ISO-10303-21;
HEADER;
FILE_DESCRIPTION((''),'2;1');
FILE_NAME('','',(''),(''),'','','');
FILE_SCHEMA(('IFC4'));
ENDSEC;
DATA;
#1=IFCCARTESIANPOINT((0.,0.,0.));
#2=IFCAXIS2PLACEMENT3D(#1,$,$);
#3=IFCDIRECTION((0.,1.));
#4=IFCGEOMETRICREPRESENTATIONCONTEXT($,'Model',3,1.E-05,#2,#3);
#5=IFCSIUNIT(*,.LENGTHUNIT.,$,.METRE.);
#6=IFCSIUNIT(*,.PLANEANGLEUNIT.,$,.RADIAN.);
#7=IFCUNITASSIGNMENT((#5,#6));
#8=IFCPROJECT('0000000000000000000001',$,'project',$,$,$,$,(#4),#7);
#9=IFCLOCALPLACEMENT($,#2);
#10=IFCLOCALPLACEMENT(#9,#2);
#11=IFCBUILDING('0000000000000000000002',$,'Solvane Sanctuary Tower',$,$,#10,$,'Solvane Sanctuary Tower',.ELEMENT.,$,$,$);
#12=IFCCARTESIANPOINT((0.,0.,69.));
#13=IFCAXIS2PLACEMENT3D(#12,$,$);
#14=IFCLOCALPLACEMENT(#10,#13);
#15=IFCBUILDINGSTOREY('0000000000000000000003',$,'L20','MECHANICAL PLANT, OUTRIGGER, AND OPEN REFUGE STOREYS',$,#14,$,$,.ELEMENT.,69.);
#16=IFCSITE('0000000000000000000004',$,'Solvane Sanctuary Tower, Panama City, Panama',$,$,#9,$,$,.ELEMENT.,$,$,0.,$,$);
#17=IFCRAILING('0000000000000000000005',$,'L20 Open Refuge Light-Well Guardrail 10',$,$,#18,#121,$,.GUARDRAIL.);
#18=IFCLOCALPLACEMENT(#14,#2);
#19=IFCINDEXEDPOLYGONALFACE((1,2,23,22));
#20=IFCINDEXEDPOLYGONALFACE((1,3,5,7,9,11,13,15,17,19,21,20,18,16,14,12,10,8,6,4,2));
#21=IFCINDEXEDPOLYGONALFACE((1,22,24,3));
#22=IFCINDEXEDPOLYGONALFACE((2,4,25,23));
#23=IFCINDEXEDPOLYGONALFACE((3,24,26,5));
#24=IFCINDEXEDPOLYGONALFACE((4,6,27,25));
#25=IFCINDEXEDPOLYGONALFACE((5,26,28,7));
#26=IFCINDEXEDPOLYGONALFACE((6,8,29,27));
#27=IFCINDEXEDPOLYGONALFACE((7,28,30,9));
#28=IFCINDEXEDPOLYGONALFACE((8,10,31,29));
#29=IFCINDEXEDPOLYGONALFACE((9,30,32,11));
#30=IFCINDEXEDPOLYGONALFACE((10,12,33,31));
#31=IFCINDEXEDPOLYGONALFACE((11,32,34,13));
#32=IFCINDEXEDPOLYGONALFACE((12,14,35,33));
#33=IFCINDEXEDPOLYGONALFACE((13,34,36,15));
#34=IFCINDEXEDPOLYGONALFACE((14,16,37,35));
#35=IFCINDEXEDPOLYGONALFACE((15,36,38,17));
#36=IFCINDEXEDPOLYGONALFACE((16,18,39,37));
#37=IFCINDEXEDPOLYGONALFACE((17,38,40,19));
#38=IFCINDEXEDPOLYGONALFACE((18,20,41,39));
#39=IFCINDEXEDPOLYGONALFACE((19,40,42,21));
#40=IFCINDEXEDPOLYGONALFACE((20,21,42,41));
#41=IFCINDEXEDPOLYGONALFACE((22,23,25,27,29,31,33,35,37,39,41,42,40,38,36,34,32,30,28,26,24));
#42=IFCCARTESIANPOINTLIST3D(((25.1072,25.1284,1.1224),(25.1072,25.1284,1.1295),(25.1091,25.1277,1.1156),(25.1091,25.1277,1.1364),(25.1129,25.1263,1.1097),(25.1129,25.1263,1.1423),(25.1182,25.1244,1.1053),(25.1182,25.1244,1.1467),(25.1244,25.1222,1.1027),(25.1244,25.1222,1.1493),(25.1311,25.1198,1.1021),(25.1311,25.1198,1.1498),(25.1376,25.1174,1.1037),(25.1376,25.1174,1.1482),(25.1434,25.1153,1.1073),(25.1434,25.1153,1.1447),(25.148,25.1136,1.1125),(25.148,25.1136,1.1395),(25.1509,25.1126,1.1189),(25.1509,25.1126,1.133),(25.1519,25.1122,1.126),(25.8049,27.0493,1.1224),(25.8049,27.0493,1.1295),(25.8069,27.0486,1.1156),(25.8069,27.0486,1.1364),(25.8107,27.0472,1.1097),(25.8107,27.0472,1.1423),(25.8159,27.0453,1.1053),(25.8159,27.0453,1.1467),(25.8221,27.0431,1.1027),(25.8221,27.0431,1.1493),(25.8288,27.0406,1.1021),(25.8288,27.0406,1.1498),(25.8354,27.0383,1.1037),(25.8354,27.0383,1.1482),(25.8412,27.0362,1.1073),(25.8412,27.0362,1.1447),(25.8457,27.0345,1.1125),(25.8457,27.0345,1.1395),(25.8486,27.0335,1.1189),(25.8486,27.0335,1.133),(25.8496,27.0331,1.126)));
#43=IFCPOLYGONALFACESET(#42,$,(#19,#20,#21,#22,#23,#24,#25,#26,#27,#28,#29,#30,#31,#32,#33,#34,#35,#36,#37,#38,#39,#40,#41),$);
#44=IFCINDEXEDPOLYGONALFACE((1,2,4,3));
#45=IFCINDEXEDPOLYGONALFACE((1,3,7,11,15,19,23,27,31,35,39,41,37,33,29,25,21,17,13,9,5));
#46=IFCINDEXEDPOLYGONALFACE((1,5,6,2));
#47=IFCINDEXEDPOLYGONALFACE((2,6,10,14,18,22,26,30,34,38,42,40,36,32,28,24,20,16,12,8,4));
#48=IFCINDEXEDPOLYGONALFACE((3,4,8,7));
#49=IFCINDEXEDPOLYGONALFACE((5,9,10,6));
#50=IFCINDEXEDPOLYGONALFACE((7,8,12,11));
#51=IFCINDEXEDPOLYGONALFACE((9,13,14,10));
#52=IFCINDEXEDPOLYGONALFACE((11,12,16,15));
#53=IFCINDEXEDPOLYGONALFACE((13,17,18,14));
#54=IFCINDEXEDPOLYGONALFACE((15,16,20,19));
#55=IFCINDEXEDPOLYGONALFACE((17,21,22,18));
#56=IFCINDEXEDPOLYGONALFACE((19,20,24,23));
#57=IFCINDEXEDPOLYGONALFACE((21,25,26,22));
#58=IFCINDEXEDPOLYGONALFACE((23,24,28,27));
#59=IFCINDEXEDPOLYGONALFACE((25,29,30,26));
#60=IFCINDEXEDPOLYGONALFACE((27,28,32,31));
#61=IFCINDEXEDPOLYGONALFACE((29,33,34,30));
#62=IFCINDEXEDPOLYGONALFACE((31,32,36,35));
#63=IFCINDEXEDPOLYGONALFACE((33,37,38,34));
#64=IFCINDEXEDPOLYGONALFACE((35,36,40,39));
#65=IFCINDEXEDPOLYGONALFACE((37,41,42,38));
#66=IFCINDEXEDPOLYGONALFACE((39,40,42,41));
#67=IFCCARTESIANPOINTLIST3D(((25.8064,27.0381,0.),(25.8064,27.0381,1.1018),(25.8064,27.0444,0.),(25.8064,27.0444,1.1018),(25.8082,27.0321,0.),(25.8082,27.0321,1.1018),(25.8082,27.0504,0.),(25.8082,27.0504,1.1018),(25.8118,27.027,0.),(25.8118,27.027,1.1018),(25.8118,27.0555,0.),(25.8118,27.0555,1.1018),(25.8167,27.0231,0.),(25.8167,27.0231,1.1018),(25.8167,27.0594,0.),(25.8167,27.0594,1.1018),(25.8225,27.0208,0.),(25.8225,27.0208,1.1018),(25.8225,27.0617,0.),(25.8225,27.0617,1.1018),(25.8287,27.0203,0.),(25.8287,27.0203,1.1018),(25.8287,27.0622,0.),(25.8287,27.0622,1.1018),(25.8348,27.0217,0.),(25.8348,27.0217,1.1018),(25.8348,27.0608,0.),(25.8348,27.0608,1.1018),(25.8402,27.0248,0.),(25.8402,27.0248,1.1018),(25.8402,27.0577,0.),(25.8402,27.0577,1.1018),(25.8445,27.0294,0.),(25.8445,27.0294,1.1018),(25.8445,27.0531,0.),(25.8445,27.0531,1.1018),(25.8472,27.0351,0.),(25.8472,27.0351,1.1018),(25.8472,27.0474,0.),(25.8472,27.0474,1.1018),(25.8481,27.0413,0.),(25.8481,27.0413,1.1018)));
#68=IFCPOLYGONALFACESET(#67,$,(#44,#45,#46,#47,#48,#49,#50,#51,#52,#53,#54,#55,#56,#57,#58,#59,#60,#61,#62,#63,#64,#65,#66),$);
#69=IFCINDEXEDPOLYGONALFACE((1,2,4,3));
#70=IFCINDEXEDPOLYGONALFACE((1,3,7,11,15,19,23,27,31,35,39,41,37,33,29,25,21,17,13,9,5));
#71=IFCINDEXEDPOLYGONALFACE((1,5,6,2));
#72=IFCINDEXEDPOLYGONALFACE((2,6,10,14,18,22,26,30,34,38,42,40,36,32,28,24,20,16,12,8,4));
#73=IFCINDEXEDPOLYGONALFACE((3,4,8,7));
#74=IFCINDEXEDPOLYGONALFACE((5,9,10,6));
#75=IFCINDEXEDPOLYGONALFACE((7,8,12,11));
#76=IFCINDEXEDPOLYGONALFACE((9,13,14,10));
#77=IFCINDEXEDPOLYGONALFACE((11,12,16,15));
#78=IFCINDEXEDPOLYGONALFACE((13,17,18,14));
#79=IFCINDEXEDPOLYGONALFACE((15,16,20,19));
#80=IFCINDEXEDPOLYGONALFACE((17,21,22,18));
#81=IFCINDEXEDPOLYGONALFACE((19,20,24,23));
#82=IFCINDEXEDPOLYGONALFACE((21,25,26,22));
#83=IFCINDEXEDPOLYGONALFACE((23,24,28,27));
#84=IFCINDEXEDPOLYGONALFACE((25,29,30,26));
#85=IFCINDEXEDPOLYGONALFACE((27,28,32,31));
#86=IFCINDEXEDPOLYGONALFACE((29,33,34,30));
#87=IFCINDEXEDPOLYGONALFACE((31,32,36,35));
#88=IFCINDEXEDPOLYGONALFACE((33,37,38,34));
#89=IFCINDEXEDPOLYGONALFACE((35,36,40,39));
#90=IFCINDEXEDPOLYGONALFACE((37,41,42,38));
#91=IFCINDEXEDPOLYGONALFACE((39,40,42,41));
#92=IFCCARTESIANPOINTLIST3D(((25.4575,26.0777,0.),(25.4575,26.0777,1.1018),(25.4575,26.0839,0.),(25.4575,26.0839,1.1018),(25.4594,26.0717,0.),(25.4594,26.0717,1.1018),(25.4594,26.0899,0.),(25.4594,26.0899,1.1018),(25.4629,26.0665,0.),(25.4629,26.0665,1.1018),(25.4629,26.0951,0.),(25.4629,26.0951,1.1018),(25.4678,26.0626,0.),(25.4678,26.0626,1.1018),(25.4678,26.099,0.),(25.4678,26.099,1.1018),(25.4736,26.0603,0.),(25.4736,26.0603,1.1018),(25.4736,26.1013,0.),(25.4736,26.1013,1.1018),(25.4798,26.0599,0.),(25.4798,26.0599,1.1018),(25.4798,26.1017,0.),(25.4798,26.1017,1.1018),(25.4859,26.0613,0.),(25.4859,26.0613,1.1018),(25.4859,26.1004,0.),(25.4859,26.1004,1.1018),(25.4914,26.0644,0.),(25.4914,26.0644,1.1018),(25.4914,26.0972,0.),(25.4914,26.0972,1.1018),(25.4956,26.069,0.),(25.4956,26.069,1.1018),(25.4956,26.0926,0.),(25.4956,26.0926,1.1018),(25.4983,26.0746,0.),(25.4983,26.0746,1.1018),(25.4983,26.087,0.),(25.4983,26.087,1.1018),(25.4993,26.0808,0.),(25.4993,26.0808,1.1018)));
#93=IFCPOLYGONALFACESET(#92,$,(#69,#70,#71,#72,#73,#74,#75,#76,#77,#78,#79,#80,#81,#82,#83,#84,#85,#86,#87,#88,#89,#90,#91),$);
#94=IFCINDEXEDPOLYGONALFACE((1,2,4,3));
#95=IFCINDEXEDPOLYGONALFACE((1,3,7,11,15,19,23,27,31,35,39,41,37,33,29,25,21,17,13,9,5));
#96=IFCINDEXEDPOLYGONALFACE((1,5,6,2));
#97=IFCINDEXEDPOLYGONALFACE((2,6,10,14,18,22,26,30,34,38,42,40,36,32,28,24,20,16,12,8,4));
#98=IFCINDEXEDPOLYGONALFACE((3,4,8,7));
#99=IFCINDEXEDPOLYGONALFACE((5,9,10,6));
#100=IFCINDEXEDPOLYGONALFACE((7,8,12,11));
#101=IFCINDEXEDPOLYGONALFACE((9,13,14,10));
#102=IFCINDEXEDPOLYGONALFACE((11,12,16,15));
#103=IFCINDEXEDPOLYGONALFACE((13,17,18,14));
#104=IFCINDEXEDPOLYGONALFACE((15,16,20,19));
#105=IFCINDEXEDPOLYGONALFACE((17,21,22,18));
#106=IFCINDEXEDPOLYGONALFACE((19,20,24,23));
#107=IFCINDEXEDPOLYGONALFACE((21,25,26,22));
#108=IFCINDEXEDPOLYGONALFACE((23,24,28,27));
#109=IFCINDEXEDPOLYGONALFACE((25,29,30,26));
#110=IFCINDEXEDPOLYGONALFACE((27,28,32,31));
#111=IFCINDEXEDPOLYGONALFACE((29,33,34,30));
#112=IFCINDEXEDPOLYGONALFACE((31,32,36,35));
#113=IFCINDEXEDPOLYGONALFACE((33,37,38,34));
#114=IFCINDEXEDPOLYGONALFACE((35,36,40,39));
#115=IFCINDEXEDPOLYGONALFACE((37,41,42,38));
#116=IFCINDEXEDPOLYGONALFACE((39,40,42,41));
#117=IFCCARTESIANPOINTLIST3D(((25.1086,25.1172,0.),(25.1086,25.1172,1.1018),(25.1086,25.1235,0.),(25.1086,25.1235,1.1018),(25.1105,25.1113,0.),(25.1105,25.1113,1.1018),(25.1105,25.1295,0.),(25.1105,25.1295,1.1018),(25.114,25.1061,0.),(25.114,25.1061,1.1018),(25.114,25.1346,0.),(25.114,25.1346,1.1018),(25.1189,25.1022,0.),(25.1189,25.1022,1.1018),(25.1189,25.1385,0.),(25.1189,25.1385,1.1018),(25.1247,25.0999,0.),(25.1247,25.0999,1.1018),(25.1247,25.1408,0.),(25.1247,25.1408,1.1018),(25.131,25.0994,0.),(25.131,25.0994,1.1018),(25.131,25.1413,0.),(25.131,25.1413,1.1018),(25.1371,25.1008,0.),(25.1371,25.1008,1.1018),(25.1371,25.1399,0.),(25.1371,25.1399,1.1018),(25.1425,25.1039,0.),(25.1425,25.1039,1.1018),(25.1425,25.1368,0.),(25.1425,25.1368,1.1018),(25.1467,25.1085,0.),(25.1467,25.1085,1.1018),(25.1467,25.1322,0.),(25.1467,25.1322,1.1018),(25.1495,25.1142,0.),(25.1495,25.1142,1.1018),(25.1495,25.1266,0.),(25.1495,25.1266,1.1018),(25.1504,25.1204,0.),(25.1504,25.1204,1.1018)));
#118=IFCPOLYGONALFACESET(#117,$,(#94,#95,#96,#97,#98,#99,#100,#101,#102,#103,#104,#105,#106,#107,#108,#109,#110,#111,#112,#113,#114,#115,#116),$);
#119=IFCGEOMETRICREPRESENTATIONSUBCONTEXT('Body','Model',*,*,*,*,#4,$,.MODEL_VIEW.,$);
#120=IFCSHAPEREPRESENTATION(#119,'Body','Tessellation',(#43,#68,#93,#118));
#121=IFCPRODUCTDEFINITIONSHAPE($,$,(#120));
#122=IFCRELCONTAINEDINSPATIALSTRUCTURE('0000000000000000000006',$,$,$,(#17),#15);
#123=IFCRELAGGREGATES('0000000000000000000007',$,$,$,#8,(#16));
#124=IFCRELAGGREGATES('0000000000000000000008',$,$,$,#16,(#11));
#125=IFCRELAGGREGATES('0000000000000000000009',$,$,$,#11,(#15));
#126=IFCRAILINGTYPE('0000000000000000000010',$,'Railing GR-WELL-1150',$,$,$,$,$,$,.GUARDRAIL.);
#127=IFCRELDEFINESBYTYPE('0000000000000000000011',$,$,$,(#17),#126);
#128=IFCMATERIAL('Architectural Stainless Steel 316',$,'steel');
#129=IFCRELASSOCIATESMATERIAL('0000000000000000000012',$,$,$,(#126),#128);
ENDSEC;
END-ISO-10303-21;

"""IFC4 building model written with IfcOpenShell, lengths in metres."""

from ifc_helpers import new_model, si_unit, direction, frame, origin, origin_2d, place, context, subcontext, project, spatial, circle, extrude, material, type_object, element, save


model = new_model("IFC4")

# Units and contexts
model_context = context("Model", 3, precision=1e-05, world=origin(), true_north=direction((0.0, 1.0)))
body_context = subcontext(model_context, "Body", "Model", "MODEL_VIEW")
ifc_project = project(units=[si_unit("LENGTHUNIT", "METRE"), si_unit("PLANEANGLEUNIT", "RADIAN")], contexts=[model_context])

# Site, building, storey
site_placement = place(None, origin())
site = spatial("IfcSite", under=ifc_project, at=site_placement, Name="Solvane Sanctuary Tower, Panama City, Panama", CompositionType="ELEMENT", RefElevation=0.0)
building_placement = place(site_placement, origin())
building = spatial("IfcBuilding", under=site, at=building_placement, Name="Solvane Sanctuary Tower", LongName="Solvane Sanctuary Tower", CompositionType="ELEMENT")
storey_placement = place(building_placement, frame((0.0, 0.0, 69.0)))
storey = spatial("IfcBuildingStorey", under=building, at=storey_placement, Name="L20", Description="MECHANICAL PLANT, OUTRIGGER, AND OPEN REFUGE STOREYS", CompositionType="ELEMENT", Elevation=69.0)

# Shared definitions
ifc_material_1 = material(Name="Architectural Stainless Steel 316", Category="steel")

# Railing
railing_type_1 = type_object("IfcRailingType", Name="Railing GR-WELL-1150", PredefinedType="GUARDRAIL", material=ifc_material_1)
railing_1_placement = place(storey_placement, frame((25.8271, 27.0413, 0.0)))
element("IfcRailing", 1, at=railing_1_placement, inside=storey, type_object=railing_type_1, Name="L20 Open Refuge Light-Well Guardrail 10", PredefinedType="GUARDRAIL", context=body_context, shape_type="SweptSolid", body=[
    extrude(circle(Radius=0.0239, at=origin_2d()), frame((0.0, 0.0, 1.126), z_axis=(-0.341417, -0.939912, 0.0), x_axis=(0.939912, -0.341417, 0.0)), (0.0, 0.0, 1.0), 2.0437),
    extrude(circle(Radius=0.021, at=origin_2d()), origin(), (0.0, 0.0, 1.0), 1.1018),
    extrude(circle(Radius=0.021, at=origin_2d()), frame((-0.3489, -0.9604, 0.0)), (0.0, 0.0, 1.0), 1.1018),
    extrude(circle(Radius=0.021, at=origin_2d()), frame((-0.6978, -1.9209, 0.0)), (0.0, 0.0, 1.0), 1.1018),
])

save(model, "model.ifc")
